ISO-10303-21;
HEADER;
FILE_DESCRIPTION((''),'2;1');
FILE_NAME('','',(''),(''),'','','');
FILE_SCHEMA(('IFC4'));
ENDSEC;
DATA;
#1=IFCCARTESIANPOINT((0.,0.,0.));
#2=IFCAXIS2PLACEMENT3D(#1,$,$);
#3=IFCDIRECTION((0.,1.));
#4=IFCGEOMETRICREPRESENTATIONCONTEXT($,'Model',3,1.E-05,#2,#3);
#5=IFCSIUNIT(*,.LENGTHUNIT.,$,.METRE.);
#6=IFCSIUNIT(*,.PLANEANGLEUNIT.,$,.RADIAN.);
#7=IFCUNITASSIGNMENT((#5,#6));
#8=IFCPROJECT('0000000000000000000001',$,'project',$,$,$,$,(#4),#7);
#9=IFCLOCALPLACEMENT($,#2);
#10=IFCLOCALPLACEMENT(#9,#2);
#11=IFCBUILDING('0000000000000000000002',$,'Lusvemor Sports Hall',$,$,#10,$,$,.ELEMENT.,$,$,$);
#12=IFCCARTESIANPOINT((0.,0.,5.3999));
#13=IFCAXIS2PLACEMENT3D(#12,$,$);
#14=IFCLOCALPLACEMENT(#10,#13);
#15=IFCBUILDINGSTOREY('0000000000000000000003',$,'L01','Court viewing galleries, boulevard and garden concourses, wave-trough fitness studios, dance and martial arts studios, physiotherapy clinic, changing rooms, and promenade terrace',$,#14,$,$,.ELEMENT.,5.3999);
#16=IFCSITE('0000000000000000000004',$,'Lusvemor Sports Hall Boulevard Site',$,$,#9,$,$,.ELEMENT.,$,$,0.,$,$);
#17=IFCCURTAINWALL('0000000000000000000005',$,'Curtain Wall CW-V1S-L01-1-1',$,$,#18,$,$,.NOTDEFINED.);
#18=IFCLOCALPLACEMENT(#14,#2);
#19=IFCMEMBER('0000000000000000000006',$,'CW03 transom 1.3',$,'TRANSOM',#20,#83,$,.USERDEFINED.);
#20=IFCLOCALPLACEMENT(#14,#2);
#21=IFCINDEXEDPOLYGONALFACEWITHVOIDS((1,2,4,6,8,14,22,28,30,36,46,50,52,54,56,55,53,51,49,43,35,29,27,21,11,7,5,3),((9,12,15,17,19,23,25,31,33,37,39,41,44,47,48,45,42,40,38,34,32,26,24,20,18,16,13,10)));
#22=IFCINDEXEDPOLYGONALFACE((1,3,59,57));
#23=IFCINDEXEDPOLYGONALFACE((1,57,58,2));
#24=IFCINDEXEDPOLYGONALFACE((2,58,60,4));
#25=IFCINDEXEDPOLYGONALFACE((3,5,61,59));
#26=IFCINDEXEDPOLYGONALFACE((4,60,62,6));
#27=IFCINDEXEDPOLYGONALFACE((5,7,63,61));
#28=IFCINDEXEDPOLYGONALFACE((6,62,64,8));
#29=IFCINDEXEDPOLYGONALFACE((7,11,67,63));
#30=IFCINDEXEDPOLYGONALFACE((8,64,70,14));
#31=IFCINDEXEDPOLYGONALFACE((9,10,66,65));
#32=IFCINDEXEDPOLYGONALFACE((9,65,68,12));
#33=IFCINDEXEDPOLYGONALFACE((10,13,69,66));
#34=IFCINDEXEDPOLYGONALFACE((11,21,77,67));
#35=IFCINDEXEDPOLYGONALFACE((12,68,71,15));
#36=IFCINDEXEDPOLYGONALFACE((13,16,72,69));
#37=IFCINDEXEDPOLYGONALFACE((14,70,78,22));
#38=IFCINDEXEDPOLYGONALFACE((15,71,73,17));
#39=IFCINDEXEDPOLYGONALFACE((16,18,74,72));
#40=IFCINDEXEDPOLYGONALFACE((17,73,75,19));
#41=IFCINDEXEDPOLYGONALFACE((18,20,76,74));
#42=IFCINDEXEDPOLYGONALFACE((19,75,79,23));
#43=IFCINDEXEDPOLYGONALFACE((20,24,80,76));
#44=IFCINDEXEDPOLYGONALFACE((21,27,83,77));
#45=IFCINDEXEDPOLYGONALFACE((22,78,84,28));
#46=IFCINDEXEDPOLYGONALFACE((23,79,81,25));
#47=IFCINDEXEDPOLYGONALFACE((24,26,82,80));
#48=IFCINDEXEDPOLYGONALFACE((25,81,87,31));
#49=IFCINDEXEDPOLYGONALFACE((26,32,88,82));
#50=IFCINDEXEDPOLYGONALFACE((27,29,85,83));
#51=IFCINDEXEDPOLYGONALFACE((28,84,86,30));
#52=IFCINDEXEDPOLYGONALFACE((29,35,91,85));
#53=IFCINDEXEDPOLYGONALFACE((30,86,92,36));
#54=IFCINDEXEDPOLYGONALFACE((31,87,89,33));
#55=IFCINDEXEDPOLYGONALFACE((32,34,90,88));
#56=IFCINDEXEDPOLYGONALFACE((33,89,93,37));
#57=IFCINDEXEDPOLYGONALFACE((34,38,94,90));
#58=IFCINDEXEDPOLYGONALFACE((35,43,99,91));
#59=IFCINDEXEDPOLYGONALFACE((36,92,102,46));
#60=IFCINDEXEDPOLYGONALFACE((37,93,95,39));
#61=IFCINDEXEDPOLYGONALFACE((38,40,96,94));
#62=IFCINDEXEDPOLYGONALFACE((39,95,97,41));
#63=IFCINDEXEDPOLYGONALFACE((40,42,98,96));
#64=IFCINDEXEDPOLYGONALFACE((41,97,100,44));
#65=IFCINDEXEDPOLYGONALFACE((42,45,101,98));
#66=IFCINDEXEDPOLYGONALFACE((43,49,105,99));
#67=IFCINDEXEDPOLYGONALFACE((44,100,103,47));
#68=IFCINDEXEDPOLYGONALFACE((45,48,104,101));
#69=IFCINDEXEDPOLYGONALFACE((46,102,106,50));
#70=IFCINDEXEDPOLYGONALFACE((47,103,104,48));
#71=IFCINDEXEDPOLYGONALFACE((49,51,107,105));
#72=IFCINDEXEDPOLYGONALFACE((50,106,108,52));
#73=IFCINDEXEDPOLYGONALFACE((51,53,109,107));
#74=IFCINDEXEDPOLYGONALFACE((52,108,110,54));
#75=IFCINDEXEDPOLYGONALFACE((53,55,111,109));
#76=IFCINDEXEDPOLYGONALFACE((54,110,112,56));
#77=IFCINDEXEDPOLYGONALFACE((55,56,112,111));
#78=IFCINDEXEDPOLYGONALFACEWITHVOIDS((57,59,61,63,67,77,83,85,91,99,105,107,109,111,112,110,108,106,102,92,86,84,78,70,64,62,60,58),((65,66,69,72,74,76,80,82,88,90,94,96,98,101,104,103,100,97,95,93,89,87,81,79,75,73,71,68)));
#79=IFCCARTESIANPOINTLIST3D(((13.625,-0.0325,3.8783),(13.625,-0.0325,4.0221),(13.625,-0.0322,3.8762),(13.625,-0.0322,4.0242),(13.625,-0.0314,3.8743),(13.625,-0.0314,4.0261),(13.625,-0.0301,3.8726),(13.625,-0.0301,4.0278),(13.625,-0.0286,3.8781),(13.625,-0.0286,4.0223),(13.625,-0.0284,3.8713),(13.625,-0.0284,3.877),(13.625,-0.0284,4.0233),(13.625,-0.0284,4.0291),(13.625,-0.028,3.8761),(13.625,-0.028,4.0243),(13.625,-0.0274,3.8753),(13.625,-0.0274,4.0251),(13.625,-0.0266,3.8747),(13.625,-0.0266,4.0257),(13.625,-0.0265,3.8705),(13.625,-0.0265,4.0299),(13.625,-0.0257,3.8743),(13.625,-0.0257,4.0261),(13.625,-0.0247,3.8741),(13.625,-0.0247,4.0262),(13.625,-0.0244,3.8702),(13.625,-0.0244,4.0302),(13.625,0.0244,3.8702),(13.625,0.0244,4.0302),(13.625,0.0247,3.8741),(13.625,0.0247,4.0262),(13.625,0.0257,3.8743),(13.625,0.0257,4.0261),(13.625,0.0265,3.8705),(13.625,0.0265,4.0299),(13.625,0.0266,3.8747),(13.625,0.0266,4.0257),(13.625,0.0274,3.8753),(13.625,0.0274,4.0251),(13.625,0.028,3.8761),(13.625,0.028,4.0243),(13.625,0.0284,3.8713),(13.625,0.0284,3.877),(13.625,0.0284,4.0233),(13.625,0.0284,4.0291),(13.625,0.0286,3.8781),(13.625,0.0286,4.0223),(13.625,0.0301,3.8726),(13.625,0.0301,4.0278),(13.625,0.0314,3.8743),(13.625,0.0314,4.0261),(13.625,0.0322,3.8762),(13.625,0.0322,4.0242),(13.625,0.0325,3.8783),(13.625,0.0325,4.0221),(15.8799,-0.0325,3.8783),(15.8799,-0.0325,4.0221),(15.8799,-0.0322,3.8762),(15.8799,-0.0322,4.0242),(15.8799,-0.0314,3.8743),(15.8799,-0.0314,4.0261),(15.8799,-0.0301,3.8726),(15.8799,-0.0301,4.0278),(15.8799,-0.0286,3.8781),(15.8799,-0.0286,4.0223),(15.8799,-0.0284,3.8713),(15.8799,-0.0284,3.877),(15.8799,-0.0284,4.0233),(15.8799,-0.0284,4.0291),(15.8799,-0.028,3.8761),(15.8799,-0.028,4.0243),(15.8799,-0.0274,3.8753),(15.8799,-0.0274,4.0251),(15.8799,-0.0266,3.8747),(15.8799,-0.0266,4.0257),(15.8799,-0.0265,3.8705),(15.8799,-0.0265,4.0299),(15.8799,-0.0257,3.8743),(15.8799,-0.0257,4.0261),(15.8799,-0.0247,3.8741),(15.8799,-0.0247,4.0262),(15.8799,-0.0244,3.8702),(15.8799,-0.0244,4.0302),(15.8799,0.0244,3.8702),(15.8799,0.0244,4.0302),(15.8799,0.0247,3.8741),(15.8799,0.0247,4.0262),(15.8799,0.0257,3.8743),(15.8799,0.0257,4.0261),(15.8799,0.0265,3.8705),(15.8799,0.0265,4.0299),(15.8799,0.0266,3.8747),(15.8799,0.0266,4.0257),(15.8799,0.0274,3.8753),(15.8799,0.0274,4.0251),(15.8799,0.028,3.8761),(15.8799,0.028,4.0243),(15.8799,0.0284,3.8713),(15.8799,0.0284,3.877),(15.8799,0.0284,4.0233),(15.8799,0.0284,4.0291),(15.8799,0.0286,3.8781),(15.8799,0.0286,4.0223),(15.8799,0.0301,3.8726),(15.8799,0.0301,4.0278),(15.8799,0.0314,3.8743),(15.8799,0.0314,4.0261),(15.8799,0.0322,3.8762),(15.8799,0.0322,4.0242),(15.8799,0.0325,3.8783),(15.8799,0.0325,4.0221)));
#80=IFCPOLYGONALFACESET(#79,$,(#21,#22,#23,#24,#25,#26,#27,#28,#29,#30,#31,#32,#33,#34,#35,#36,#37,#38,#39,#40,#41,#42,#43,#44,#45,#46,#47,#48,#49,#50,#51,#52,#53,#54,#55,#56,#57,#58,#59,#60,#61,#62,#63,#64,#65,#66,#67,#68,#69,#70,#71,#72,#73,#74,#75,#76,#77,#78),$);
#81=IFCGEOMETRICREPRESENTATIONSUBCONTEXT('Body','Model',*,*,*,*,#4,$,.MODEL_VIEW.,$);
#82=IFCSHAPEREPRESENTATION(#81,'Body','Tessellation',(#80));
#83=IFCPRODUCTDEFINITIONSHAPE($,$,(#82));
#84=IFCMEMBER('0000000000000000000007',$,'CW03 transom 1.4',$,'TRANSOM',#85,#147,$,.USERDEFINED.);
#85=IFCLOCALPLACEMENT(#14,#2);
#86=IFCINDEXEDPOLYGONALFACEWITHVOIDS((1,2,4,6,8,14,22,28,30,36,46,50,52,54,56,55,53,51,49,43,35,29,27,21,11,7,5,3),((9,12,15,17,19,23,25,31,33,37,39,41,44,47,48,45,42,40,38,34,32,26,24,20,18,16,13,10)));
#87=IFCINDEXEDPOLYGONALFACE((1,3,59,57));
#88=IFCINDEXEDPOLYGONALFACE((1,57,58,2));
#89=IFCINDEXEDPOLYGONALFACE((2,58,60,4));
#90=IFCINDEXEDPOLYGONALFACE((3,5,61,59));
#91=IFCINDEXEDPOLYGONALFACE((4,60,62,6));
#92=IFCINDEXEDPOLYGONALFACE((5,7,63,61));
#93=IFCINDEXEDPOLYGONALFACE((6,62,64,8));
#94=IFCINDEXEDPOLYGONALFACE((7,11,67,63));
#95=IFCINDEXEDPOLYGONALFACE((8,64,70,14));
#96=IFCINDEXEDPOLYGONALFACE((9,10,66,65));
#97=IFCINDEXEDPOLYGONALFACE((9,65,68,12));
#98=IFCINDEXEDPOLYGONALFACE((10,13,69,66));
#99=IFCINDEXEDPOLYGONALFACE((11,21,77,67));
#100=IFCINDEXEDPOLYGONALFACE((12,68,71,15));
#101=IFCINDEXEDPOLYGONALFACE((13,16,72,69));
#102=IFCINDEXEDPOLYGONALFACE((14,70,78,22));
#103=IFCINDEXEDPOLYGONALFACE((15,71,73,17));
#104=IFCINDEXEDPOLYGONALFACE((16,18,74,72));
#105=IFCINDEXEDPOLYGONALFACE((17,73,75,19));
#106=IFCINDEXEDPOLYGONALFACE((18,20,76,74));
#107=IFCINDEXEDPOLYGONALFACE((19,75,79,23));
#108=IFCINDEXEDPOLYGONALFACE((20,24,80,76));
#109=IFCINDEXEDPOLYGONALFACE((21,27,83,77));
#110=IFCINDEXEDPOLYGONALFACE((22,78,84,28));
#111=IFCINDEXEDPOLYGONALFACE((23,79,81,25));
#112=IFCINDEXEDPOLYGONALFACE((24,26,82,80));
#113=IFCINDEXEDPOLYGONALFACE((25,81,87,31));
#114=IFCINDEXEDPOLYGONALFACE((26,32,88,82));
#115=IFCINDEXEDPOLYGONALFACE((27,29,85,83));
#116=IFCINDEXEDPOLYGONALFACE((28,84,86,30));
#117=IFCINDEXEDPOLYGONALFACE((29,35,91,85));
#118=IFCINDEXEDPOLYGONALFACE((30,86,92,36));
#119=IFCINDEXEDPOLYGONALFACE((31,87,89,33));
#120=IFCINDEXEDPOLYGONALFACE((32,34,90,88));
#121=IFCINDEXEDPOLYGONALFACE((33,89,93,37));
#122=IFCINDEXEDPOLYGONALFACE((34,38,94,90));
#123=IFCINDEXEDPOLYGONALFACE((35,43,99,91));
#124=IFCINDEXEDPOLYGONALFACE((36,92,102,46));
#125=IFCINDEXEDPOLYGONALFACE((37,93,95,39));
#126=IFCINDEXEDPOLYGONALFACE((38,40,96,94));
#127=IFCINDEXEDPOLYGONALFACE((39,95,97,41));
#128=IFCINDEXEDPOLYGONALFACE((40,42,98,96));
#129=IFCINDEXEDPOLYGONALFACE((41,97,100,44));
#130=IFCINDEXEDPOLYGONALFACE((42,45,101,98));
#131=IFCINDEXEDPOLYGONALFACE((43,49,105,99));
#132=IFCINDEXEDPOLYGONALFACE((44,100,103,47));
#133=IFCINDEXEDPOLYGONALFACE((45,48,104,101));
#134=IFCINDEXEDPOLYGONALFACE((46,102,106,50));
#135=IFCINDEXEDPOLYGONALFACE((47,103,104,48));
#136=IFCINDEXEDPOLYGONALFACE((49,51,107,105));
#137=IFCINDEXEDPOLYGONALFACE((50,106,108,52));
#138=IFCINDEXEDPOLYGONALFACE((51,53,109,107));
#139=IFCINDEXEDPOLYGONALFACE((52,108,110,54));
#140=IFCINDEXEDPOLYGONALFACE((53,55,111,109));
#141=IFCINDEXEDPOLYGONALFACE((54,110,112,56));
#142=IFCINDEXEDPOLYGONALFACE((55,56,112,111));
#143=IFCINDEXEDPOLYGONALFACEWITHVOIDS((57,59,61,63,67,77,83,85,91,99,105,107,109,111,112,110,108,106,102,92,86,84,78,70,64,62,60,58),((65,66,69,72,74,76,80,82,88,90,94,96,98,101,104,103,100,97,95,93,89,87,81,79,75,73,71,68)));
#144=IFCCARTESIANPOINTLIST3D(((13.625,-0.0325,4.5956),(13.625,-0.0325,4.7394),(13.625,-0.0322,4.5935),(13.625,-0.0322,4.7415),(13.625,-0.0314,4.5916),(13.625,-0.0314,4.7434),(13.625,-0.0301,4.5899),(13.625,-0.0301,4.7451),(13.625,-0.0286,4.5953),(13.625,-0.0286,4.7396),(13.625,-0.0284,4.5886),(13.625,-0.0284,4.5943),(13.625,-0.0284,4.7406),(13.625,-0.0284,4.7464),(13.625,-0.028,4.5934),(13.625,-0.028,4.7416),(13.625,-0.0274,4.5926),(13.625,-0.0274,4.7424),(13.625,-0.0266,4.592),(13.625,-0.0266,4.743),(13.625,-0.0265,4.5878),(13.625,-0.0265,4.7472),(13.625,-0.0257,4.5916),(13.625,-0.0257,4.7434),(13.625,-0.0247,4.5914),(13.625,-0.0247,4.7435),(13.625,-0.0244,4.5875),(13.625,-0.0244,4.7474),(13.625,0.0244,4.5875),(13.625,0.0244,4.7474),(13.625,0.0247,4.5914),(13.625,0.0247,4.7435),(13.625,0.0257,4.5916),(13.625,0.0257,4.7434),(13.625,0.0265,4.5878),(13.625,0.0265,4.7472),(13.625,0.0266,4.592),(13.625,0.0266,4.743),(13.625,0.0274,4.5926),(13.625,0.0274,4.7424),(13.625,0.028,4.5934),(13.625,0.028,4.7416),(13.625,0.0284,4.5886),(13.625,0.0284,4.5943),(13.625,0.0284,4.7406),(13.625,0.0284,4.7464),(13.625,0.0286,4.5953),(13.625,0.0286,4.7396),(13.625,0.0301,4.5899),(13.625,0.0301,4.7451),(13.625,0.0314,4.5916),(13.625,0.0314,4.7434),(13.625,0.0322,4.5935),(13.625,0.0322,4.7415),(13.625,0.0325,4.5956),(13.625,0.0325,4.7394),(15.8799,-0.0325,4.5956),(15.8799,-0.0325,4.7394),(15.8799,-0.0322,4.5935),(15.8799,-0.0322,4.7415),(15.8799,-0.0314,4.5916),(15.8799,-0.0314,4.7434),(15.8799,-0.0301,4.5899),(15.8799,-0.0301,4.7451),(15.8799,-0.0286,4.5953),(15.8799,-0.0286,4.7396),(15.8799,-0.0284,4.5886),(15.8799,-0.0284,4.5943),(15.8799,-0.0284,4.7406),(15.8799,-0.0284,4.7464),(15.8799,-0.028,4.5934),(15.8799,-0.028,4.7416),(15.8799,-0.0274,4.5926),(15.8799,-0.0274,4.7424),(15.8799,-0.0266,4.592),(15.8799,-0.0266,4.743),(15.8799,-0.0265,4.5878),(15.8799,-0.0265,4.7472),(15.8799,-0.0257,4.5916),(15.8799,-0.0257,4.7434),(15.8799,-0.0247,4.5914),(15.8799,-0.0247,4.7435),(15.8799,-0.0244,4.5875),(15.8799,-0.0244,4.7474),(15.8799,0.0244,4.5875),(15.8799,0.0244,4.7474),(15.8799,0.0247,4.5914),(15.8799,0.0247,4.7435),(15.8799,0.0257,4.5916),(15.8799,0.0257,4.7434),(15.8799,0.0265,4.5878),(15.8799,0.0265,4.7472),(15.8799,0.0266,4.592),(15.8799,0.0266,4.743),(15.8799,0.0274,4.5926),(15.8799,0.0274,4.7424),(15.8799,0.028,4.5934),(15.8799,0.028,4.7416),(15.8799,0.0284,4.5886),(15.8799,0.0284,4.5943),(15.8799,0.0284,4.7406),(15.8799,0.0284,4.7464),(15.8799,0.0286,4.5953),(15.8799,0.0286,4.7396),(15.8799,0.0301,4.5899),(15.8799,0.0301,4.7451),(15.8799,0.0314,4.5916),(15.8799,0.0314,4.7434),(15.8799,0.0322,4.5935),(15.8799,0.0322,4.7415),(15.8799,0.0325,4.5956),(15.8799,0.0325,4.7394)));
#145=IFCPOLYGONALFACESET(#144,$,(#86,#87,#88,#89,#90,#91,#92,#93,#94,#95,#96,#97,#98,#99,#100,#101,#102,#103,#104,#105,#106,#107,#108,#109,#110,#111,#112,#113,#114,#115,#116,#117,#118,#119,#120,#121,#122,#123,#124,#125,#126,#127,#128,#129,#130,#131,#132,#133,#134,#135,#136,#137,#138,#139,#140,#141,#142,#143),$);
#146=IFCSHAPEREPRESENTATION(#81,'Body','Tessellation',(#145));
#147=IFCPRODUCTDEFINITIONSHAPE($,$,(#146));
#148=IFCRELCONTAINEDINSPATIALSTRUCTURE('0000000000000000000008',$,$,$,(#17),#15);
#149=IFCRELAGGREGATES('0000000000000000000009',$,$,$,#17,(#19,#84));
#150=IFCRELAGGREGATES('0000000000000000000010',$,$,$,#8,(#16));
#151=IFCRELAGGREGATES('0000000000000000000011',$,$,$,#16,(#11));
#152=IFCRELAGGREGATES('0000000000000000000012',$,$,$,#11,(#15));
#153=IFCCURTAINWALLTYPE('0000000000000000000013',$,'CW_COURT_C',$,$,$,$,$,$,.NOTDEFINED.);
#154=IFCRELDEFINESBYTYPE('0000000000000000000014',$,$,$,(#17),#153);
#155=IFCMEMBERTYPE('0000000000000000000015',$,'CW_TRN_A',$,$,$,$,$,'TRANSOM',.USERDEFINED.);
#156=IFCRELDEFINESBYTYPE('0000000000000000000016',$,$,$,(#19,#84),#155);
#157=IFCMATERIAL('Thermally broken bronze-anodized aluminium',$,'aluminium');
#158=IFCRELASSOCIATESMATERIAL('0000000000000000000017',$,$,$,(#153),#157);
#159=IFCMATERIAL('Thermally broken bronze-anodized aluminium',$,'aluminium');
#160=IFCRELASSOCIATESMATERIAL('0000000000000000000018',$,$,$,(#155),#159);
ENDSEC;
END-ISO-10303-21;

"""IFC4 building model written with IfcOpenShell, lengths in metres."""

from ifc_helpers import new_model, si_unit, direction, frame, origin, origin_2d, place, context, subcontext, project, spatial, hollow_rectangle, extrude, material, material_profile, profile_set, type_object, element, aggregate, save


model = new_model("IFC4")

# Units and contexts
model_context = context("Model", 3, precision=1e-05, world=origin(), true_north=direction((0.0, 1.0)))
body_context = subcontext(model_context, "Body", "Model", "MODEL_VIEW")
ifc_project = project(units=[si_unit("LENGTHUNIT", "METRE"), si_unit("PLANEANGLEUNIT", "RADIAN")], contexts=[model_context])

# Site, building, storey
site_placement = place(None, origin())
site = spatial("IfcSite", under=ifc_project, at=site_placement, Name="Lusvemor Sports Hall Boulevard Site", CompositionType="ELEMENT", RefElevation=0.0)
building_placement = place(site_placement, origin())
building = spatial("IfcBuilding", under=site, at=building_placement, Name="Lusvemor Sports Hall", CompositionType="ELEMENT")
storey_placement = place(building_placement, frame((0.0, 0.0, 5.3999)))
storey = spatial("IfcBuildingStorey", under=building, at=storey_placement, Name="L01", Description="Court viewing galleries, boulevard and garden concourses, wave-trough fitness studios, dance and martial arts studios, physiotherapy clinic, changing rooms, and promenade terrace", CompositionType="ELEMENT", Elevation=5.3999)

# Curtain wall, members
ifc_material_1 = material(Name="Thermally broken bronze-anodized aluminium", Category="aluminium")
curtain_wall_type = type_object("IfcCurtainWallType", Name="CW_COURT_C", PredefinedType="NOTDEFINED", material=ifc_material_1)
curtain_wall_placement = place(storey_placement, origin())
curtain_wall = element("IfcCurtainWall", 1, at=curtain_wall_placement, inside=storey, type_object=curtain_wall_type, Name="Curtain Wall CW-V1S-L01-1-1", PredefinedType="NOTDEFINED")
ifc_material_2 = material(Name="Thermally broken bronze-anodized aluminium", Category="aluminium")
ifc_material_profile_1 = material_profile(ifc_material_2, hollow_rectangle(XDim=0.0649, YDim=0.1599, WallThickness=0.0039, InnerFilletRadius=0.0039, OuterFilletRadius=0.0081, at=origin_2d()), Name="CWTRN160x65x4")
ifc_profile_set_1 = profile_set([ifc_material_profile_1], Name="Thermally broken bronze-anodized aluminium")
member_type_1 = type_object("IfcMemberType", Name="CW_TRN_A", ElementType="TRANSOM", PredefinedType="USERDEFINED", material=ifc_profile_set_1)
member_1_placement = place(storey_placement, frame((15.8799, 0.0, 3.9502), z_axis=(-1.0, 0.0, 0.0), x_axis=(0.0, -1.0, 0.0)))
member_1 = element("IfcMember", 2, at=member_1_placement, type_object=member_type_1, Name="CW03 transom 1.3", ObjectType="TRANSOM", PredefinedType="USERDEFINED", context=body_context, shape_type="SweptSolid", body=[
    extrude(hollow_rectangle(XDim=0.0649, YDim=0.1599, WallThickness=0.0039, InnerFilletRadius=0.0039, OuterFilletRadius=0.0081, at=origin_2d()), origin(), (0.0, 0.0, 1.0), 2.2549),
])
member_2_placement = place(storey_placement, frame((15.8799, 0.0, 4.6675), z_axis=(-1.0, 0.0, 0.0), x_axis=(0.0, -1.0, 0.0)))
member_2 = element("IfcMember", 3, at=member_2_placement, type_object=member_type_1, Name="CW03 transom 1.4", ObjectType="TRANSOM", PredefinedType="USERDEFINED", context=body_context, shape_type="SweptSolid", body=[
    extrude(hollow_rectangle(XDim=0.0649, YDim=0.1599, WallThickness=0.0039, InnerFilletRadius=0.0039, OuterFilletRadius=0.0081, at=origin_2d()), origin(), (0.0, 0.0, 1.0), 2.2549),
])

aggregate(curtain_wall, [member_1, member_2])

save(model, "model.ifc")
